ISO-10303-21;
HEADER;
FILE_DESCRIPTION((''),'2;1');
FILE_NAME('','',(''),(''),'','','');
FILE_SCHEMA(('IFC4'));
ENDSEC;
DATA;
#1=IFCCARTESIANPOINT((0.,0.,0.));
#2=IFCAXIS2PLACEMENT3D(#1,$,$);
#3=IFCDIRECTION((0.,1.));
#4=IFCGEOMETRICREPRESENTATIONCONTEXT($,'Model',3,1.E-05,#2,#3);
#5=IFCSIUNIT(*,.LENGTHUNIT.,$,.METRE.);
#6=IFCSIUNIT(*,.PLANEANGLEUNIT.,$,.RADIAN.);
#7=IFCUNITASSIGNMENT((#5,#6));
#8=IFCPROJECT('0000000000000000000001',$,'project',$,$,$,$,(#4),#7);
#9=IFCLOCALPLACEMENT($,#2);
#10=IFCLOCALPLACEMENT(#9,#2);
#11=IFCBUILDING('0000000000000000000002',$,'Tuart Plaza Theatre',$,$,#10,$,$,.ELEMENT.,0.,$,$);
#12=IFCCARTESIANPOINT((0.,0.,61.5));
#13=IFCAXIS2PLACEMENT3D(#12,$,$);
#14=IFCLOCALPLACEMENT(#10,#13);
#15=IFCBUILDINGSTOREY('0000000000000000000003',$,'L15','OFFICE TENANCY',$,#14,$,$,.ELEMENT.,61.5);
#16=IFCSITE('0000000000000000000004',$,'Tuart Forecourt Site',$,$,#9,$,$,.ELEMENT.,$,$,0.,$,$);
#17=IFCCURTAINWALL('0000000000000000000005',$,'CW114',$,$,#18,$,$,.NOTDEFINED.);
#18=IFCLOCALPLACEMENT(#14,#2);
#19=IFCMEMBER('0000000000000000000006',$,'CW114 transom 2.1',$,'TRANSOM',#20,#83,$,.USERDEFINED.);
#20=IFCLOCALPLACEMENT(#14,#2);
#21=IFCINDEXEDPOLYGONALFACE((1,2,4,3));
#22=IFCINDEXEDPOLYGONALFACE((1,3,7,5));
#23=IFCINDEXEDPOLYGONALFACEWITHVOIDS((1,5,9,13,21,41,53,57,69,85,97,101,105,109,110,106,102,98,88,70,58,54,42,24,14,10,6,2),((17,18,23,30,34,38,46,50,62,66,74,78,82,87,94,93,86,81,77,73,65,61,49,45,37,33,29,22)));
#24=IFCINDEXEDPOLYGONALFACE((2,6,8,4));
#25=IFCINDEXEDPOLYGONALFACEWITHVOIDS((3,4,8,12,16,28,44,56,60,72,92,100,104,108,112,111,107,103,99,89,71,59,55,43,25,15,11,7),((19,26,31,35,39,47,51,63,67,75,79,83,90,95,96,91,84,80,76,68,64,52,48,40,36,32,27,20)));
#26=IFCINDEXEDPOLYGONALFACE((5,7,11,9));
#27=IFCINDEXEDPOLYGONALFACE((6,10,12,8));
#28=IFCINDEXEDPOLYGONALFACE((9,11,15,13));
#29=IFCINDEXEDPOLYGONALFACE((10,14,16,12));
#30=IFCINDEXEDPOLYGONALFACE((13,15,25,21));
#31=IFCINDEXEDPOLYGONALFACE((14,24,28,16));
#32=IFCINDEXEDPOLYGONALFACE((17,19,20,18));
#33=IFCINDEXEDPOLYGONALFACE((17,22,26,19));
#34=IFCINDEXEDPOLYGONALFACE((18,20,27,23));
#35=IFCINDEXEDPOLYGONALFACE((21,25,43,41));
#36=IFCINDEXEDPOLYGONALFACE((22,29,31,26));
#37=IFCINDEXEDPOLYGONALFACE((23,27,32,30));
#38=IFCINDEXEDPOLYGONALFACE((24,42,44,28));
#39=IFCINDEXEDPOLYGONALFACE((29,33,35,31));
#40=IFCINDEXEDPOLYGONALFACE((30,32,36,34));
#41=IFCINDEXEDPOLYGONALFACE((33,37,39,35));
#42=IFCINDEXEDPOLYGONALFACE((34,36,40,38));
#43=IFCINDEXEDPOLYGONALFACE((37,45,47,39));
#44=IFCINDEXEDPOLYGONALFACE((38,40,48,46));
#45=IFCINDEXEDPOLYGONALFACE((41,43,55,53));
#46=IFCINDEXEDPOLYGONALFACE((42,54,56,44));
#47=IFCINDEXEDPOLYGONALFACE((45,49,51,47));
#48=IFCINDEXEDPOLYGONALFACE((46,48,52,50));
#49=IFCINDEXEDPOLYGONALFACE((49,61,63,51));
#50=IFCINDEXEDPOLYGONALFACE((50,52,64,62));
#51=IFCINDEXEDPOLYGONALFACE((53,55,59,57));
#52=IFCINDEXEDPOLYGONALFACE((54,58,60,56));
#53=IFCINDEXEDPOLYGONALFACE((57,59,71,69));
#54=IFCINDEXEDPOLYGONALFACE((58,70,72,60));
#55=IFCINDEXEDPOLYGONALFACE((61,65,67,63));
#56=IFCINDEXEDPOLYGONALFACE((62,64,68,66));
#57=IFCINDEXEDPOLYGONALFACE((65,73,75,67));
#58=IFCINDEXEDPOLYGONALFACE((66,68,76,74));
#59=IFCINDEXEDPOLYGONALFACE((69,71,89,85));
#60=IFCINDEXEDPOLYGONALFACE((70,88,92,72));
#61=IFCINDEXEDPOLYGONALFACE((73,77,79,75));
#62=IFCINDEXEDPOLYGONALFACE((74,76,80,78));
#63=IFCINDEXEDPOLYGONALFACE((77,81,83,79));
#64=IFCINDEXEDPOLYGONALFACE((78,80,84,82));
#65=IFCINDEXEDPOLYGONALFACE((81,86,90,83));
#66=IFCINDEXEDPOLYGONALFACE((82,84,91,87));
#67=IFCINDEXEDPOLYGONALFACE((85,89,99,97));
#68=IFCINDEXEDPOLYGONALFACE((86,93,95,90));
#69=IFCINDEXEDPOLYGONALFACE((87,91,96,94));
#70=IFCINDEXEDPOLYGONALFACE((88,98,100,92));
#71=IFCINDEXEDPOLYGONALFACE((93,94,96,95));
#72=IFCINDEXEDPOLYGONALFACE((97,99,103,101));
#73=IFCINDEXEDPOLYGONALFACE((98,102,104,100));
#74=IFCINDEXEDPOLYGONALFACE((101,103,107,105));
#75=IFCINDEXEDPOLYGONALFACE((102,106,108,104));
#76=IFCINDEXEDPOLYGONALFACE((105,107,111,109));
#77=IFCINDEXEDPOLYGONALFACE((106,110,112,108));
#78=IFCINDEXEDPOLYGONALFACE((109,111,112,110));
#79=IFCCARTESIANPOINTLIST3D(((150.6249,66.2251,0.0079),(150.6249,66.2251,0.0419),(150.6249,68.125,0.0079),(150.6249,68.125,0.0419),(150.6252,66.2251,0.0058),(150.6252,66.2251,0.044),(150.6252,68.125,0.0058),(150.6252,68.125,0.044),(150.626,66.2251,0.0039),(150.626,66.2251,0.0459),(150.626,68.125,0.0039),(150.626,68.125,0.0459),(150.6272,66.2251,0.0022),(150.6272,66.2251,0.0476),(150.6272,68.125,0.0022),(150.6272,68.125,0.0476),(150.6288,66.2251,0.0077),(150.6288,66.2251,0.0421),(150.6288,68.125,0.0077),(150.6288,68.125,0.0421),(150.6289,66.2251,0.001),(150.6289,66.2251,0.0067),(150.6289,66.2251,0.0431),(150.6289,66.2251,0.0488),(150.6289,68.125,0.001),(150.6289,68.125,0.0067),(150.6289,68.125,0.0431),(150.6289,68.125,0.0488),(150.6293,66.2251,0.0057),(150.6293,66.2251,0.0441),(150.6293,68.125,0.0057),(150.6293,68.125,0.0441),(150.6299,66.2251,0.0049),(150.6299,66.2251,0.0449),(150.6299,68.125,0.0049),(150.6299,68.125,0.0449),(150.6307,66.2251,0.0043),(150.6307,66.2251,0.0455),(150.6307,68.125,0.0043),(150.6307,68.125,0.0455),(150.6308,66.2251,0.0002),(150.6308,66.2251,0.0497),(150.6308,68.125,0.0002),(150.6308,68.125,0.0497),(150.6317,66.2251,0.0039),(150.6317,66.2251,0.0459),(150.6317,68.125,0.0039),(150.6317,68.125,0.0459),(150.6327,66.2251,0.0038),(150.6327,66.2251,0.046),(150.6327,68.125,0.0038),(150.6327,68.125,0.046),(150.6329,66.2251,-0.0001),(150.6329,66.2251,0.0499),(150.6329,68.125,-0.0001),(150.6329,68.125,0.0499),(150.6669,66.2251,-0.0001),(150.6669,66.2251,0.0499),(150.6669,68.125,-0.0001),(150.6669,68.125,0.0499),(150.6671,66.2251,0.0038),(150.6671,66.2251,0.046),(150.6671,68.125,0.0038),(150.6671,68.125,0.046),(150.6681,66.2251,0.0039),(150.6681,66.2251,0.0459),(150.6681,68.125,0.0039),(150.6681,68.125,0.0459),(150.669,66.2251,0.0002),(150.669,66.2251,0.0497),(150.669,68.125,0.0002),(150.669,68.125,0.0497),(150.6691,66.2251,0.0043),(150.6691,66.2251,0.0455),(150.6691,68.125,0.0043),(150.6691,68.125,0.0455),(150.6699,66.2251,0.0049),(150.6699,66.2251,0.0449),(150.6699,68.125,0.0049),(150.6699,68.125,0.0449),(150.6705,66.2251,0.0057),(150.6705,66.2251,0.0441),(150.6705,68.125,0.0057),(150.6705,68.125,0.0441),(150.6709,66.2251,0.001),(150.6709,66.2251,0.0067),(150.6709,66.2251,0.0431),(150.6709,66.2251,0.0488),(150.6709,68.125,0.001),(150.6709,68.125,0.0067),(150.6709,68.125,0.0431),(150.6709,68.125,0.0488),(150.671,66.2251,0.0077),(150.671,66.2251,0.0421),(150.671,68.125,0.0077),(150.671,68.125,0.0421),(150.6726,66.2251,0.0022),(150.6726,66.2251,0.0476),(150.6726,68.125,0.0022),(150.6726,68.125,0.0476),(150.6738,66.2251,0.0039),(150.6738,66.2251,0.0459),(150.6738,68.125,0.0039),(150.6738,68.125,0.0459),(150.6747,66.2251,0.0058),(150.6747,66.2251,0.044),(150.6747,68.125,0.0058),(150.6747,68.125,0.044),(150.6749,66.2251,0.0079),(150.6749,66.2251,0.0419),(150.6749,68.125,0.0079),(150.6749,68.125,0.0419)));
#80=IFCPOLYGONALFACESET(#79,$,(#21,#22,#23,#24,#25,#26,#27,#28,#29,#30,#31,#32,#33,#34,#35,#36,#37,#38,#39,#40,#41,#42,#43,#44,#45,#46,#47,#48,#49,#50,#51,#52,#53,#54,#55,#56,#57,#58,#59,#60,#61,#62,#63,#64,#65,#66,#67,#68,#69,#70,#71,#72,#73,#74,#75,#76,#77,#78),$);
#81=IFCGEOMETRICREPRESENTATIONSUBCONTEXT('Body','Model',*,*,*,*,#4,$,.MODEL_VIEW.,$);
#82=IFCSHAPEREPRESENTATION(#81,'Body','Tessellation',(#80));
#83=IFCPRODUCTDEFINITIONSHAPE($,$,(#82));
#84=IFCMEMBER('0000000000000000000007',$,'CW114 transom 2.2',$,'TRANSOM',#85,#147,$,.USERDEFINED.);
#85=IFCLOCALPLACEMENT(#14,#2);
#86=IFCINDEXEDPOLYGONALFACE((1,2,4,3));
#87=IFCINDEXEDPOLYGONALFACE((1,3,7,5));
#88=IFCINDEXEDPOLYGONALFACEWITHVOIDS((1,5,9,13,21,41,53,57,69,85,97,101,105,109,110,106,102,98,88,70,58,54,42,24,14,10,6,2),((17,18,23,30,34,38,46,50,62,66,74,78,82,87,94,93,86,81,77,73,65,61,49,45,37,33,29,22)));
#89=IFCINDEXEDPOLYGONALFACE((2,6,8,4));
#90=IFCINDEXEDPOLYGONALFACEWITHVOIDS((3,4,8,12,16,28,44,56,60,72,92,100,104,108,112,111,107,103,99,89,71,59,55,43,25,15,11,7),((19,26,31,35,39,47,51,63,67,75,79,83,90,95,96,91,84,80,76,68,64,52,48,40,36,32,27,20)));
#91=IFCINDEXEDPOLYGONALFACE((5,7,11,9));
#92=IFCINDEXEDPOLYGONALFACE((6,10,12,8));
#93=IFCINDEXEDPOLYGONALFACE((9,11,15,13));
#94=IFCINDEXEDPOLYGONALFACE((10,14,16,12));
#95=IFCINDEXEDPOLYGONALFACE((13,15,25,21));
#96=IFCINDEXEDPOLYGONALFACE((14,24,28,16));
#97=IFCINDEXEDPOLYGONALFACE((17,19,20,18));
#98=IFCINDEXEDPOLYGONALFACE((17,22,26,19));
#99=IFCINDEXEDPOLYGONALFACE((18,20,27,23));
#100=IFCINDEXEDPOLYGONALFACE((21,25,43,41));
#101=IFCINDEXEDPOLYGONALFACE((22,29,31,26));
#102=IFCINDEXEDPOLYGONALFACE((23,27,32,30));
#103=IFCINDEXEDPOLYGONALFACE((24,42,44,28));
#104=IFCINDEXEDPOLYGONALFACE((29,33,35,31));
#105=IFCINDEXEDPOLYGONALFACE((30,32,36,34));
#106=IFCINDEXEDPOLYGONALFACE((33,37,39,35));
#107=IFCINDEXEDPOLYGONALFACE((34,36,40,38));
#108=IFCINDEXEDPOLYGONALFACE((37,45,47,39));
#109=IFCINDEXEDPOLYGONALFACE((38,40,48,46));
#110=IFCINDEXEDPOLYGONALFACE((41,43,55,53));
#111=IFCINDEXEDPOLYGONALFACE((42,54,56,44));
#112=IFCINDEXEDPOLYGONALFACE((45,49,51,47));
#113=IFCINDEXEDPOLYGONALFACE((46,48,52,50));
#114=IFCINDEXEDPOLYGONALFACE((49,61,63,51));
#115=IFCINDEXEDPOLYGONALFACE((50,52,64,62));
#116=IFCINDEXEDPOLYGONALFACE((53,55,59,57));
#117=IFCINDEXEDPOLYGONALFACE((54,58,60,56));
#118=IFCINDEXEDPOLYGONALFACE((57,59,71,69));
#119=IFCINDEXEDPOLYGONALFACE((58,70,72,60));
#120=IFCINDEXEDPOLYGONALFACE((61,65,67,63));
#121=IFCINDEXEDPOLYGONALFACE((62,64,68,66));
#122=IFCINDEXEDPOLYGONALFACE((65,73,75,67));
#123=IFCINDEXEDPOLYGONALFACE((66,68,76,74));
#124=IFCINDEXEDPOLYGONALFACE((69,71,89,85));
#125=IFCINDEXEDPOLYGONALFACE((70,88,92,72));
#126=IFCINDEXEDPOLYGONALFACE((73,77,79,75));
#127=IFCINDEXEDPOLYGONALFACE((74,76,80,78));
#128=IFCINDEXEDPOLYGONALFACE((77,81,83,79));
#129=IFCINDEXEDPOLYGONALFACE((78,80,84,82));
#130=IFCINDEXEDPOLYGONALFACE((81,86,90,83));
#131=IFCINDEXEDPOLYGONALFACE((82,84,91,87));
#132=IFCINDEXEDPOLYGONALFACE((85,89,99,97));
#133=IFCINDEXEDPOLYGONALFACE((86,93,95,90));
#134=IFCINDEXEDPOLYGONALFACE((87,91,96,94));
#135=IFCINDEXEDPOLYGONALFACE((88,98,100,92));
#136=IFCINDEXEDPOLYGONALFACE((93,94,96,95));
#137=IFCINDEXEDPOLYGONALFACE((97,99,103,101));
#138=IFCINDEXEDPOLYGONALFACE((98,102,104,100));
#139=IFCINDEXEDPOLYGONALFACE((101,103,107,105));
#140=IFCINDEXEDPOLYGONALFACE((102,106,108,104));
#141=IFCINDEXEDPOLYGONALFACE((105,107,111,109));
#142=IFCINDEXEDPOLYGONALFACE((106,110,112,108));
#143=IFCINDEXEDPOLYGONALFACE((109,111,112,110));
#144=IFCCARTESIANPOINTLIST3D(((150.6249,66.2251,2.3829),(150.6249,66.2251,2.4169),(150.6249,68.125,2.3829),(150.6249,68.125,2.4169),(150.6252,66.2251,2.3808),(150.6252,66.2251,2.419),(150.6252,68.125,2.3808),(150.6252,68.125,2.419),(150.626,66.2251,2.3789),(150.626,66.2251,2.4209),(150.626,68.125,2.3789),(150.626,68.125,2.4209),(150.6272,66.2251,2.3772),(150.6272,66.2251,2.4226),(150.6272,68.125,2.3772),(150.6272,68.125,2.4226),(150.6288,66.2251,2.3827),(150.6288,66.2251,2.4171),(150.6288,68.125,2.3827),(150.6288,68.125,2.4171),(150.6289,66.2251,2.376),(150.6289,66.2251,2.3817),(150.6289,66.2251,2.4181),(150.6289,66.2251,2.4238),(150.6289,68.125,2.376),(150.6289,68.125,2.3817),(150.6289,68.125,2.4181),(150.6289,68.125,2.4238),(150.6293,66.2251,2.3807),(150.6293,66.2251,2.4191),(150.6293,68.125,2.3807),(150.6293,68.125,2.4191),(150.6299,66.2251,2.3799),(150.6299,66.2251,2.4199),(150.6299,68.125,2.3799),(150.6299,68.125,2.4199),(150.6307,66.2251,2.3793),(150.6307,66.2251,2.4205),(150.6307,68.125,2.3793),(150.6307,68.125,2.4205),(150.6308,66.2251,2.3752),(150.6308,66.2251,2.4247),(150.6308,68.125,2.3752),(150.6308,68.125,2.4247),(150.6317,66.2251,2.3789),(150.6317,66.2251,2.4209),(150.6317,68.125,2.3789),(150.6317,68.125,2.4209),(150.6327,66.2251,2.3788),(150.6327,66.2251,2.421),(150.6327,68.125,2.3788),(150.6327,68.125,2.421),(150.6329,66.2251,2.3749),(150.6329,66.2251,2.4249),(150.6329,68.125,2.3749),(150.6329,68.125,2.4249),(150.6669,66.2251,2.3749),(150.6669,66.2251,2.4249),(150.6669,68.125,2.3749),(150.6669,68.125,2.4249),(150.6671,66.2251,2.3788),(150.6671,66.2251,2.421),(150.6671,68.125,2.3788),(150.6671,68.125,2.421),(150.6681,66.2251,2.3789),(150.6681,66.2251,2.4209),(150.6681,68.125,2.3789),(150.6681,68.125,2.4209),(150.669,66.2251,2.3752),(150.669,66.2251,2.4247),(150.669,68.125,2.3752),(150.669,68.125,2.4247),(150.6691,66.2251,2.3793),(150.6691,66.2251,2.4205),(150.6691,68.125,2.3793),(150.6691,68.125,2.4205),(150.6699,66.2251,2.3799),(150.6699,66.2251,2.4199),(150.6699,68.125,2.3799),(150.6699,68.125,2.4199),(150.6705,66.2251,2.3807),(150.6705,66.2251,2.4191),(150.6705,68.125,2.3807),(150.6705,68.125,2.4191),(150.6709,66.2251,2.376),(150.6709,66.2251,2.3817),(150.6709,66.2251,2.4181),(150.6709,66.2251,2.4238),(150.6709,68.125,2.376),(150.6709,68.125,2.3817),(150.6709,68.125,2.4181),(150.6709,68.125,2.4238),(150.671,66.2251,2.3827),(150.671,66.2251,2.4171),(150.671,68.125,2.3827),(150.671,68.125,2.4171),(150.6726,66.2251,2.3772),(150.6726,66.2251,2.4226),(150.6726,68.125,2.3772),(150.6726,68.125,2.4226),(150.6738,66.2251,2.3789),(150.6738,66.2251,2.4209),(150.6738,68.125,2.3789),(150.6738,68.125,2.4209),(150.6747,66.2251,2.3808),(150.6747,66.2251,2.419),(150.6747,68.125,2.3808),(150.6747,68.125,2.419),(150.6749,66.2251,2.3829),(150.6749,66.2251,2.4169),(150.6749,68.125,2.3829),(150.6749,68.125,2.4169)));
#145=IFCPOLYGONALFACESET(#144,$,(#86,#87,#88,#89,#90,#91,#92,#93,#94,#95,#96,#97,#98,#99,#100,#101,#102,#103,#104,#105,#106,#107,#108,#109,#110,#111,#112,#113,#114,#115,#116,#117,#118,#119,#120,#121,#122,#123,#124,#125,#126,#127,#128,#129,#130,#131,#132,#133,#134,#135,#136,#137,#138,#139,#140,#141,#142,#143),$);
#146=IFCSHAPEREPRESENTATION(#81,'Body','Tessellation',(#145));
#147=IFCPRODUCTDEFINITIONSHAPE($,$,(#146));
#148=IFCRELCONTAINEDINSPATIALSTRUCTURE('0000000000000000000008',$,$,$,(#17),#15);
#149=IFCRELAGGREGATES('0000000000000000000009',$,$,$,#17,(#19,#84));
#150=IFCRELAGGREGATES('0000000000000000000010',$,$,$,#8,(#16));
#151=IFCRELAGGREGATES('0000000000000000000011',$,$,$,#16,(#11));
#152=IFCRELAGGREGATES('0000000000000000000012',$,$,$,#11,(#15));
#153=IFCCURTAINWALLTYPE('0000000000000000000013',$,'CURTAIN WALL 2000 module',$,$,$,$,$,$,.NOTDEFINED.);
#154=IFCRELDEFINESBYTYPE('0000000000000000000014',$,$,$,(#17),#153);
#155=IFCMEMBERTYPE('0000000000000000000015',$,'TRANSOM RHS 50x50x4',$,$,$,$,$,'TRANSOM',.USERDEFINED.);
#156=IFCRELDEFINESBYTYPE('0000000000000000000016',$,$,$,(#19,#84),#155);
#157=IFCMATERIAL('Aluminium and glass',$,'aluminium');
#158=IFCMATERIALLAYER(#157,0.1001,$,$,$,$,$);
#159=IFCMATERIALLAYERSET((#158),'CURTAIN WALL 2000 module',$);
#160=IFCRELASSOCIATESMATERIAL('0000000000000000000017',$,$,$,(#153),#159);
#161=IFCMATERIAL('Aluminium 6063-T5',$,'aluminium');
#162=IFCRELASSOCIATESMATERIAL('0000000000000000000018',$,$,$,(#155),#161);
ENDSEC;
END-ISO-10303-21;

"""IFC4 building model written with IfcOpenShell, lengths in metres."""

from ifc_helpers import new_model, si_unit, direction, frame, origin, origin_2d, place, context, subcontext, project, spatial, hollow_rectangle, extrude, material, layer, layer_set, material_profile, profile_set, type_object, element, aggregate, save


model = new_model("IFC4")

# Units and contexts
model_context = context("Model", 3, precision=1e-05, world=origin(), true_north=direction((0.0, 1.0)))
body_context = subcontext(model_context, "Body", "Model", "MODEL_VIEW")
ifc_project = project(units=[si_unit("LENGTHUNIT", "METRE"), si_unit("PLANEANGLEUNIT", "RADIAN")], contexts=[model_context])

# Site, building, storey
site_placement = place(None, origin())
site = spatial("IfcSite", under=ifc_project, at=site_placement, Name="Tuart Forecourt Site", CompositionType="ELEMENT", RefElevation=0.0)
building_placement = place(site_placement, origin())
building = spatial("IfcBuilding", under=site, at=building_placement, Name="Tuart Plaza Theatre", CompositionType="ELEMENT", ElevationOfRefHeight=0.0)
storey_placement = place(building_placement, frame((0.0, 0.0, 61.5)))
storey = spatial("IfcBuildingStorey", under=building, at=storey_placement, Name="L15", Description="OFFICE TENANCY", CompositionType="ELEMENT", Elevation=61.5)

# Shared definitions
ifc_material_1 = material(Name="Aluminium and glass", Category="aluminium")
ifc_layer_1 = layer(ifc_material_1, 0.1001)
ifc_layer_set_1 = layer_set([ifc_layer_1], Name="CURTAIN WALL 2000 module")
curtain_wall_type = type_object("IfcCurtainWallType", Name="CURTAIN WALL 2000 module", PredefinedType="NOTDEFINED", material=ifc_layer_set_1)

# Curtain wall
curtain_wall_1_placement = place(storey_placement, origin())
curtain_wall_1 = element("IfcCurtainWall", 1, at=curtain_wall_1_placement, inside=storey, type_object=curtain_wall_type, Name="CW114", PredefinedType="NOTDEFINED")

# Members
ifc_material_2 = material(Name="Aluminium 6063-T5", Category="aluminium")
ifc_material_profile_1 = material_profile(ifc_material_2, hollow_rectangle(XDim=0.05, YDim=0.05, WallThickness=0.0039, InnerFilletRadius=0.0039, OuterFilletRadius=0.0081, at=origin_2d()), Name="RHS 50x50x4")
ifc_profile_set_1 = profile_set([ifc_material_profile_1], Name="Aluminium 6063-T5")
member_type_1 = type_object("IfcMemberType", Name="TRANSOM RHS 50x50x4", ElementType="TRANSOM", PredefinedType="USERDEFINED", material=ifc_profile_set_1)
member_1_placement = place(storey_placement, frame((150.6499, 66.2251, 0.0249), z_axis=(0.0, 1.0, 0.0), x_axis=(-1.0, 0.0, 0.0)))
member_1 = element("IfcMember", 2, at=member_1_placement, type_object=member_type_1, Name="CW114 transom 2.1", ObjectType="TRANSOM", PredefinedType="USERDEFINED", context=body_context, shape_type="SweptSolid", body=[
    extrude(hollow_rectangle(XDim=0.05, YDim=0.05, WallThickness=0.0039, InnerFilletRadius=0.0039, OuterFilletRadius=0.0081, at=origin_2d()), origin(), (0.0, 0.0, 1.0), 1.8999),
])
member_2_placement = place(storey_placement, frame((150.6499, 66.2251, 2.3999), z_axis=(0.0, 1.0, 0.0), x_axis=(-1.0, 0.0, 0.0)))
member_2 = element("IfcMember", 3, at=member_2_placement, type_object=member_type_1, Name="CW114 transom 2.2", ObjectType="TRANSOM", PredefinedType="USERDEFINED", context=body_context, shape_type="SweptSolid", body=[
    extrude(hollow_rectangle(XDim=0.05, YDim=0.05, WallThickness=0.0039, InnerFilletRadius=0.0039, OuterFilletRadius=0.0081, at=origin_2d()), origin(), (0.0, 0.0, 1.0), 1.8999),
])

aggregate(curtain_wall_1, [member_1, member_2])

save(model, "model.ifc")
